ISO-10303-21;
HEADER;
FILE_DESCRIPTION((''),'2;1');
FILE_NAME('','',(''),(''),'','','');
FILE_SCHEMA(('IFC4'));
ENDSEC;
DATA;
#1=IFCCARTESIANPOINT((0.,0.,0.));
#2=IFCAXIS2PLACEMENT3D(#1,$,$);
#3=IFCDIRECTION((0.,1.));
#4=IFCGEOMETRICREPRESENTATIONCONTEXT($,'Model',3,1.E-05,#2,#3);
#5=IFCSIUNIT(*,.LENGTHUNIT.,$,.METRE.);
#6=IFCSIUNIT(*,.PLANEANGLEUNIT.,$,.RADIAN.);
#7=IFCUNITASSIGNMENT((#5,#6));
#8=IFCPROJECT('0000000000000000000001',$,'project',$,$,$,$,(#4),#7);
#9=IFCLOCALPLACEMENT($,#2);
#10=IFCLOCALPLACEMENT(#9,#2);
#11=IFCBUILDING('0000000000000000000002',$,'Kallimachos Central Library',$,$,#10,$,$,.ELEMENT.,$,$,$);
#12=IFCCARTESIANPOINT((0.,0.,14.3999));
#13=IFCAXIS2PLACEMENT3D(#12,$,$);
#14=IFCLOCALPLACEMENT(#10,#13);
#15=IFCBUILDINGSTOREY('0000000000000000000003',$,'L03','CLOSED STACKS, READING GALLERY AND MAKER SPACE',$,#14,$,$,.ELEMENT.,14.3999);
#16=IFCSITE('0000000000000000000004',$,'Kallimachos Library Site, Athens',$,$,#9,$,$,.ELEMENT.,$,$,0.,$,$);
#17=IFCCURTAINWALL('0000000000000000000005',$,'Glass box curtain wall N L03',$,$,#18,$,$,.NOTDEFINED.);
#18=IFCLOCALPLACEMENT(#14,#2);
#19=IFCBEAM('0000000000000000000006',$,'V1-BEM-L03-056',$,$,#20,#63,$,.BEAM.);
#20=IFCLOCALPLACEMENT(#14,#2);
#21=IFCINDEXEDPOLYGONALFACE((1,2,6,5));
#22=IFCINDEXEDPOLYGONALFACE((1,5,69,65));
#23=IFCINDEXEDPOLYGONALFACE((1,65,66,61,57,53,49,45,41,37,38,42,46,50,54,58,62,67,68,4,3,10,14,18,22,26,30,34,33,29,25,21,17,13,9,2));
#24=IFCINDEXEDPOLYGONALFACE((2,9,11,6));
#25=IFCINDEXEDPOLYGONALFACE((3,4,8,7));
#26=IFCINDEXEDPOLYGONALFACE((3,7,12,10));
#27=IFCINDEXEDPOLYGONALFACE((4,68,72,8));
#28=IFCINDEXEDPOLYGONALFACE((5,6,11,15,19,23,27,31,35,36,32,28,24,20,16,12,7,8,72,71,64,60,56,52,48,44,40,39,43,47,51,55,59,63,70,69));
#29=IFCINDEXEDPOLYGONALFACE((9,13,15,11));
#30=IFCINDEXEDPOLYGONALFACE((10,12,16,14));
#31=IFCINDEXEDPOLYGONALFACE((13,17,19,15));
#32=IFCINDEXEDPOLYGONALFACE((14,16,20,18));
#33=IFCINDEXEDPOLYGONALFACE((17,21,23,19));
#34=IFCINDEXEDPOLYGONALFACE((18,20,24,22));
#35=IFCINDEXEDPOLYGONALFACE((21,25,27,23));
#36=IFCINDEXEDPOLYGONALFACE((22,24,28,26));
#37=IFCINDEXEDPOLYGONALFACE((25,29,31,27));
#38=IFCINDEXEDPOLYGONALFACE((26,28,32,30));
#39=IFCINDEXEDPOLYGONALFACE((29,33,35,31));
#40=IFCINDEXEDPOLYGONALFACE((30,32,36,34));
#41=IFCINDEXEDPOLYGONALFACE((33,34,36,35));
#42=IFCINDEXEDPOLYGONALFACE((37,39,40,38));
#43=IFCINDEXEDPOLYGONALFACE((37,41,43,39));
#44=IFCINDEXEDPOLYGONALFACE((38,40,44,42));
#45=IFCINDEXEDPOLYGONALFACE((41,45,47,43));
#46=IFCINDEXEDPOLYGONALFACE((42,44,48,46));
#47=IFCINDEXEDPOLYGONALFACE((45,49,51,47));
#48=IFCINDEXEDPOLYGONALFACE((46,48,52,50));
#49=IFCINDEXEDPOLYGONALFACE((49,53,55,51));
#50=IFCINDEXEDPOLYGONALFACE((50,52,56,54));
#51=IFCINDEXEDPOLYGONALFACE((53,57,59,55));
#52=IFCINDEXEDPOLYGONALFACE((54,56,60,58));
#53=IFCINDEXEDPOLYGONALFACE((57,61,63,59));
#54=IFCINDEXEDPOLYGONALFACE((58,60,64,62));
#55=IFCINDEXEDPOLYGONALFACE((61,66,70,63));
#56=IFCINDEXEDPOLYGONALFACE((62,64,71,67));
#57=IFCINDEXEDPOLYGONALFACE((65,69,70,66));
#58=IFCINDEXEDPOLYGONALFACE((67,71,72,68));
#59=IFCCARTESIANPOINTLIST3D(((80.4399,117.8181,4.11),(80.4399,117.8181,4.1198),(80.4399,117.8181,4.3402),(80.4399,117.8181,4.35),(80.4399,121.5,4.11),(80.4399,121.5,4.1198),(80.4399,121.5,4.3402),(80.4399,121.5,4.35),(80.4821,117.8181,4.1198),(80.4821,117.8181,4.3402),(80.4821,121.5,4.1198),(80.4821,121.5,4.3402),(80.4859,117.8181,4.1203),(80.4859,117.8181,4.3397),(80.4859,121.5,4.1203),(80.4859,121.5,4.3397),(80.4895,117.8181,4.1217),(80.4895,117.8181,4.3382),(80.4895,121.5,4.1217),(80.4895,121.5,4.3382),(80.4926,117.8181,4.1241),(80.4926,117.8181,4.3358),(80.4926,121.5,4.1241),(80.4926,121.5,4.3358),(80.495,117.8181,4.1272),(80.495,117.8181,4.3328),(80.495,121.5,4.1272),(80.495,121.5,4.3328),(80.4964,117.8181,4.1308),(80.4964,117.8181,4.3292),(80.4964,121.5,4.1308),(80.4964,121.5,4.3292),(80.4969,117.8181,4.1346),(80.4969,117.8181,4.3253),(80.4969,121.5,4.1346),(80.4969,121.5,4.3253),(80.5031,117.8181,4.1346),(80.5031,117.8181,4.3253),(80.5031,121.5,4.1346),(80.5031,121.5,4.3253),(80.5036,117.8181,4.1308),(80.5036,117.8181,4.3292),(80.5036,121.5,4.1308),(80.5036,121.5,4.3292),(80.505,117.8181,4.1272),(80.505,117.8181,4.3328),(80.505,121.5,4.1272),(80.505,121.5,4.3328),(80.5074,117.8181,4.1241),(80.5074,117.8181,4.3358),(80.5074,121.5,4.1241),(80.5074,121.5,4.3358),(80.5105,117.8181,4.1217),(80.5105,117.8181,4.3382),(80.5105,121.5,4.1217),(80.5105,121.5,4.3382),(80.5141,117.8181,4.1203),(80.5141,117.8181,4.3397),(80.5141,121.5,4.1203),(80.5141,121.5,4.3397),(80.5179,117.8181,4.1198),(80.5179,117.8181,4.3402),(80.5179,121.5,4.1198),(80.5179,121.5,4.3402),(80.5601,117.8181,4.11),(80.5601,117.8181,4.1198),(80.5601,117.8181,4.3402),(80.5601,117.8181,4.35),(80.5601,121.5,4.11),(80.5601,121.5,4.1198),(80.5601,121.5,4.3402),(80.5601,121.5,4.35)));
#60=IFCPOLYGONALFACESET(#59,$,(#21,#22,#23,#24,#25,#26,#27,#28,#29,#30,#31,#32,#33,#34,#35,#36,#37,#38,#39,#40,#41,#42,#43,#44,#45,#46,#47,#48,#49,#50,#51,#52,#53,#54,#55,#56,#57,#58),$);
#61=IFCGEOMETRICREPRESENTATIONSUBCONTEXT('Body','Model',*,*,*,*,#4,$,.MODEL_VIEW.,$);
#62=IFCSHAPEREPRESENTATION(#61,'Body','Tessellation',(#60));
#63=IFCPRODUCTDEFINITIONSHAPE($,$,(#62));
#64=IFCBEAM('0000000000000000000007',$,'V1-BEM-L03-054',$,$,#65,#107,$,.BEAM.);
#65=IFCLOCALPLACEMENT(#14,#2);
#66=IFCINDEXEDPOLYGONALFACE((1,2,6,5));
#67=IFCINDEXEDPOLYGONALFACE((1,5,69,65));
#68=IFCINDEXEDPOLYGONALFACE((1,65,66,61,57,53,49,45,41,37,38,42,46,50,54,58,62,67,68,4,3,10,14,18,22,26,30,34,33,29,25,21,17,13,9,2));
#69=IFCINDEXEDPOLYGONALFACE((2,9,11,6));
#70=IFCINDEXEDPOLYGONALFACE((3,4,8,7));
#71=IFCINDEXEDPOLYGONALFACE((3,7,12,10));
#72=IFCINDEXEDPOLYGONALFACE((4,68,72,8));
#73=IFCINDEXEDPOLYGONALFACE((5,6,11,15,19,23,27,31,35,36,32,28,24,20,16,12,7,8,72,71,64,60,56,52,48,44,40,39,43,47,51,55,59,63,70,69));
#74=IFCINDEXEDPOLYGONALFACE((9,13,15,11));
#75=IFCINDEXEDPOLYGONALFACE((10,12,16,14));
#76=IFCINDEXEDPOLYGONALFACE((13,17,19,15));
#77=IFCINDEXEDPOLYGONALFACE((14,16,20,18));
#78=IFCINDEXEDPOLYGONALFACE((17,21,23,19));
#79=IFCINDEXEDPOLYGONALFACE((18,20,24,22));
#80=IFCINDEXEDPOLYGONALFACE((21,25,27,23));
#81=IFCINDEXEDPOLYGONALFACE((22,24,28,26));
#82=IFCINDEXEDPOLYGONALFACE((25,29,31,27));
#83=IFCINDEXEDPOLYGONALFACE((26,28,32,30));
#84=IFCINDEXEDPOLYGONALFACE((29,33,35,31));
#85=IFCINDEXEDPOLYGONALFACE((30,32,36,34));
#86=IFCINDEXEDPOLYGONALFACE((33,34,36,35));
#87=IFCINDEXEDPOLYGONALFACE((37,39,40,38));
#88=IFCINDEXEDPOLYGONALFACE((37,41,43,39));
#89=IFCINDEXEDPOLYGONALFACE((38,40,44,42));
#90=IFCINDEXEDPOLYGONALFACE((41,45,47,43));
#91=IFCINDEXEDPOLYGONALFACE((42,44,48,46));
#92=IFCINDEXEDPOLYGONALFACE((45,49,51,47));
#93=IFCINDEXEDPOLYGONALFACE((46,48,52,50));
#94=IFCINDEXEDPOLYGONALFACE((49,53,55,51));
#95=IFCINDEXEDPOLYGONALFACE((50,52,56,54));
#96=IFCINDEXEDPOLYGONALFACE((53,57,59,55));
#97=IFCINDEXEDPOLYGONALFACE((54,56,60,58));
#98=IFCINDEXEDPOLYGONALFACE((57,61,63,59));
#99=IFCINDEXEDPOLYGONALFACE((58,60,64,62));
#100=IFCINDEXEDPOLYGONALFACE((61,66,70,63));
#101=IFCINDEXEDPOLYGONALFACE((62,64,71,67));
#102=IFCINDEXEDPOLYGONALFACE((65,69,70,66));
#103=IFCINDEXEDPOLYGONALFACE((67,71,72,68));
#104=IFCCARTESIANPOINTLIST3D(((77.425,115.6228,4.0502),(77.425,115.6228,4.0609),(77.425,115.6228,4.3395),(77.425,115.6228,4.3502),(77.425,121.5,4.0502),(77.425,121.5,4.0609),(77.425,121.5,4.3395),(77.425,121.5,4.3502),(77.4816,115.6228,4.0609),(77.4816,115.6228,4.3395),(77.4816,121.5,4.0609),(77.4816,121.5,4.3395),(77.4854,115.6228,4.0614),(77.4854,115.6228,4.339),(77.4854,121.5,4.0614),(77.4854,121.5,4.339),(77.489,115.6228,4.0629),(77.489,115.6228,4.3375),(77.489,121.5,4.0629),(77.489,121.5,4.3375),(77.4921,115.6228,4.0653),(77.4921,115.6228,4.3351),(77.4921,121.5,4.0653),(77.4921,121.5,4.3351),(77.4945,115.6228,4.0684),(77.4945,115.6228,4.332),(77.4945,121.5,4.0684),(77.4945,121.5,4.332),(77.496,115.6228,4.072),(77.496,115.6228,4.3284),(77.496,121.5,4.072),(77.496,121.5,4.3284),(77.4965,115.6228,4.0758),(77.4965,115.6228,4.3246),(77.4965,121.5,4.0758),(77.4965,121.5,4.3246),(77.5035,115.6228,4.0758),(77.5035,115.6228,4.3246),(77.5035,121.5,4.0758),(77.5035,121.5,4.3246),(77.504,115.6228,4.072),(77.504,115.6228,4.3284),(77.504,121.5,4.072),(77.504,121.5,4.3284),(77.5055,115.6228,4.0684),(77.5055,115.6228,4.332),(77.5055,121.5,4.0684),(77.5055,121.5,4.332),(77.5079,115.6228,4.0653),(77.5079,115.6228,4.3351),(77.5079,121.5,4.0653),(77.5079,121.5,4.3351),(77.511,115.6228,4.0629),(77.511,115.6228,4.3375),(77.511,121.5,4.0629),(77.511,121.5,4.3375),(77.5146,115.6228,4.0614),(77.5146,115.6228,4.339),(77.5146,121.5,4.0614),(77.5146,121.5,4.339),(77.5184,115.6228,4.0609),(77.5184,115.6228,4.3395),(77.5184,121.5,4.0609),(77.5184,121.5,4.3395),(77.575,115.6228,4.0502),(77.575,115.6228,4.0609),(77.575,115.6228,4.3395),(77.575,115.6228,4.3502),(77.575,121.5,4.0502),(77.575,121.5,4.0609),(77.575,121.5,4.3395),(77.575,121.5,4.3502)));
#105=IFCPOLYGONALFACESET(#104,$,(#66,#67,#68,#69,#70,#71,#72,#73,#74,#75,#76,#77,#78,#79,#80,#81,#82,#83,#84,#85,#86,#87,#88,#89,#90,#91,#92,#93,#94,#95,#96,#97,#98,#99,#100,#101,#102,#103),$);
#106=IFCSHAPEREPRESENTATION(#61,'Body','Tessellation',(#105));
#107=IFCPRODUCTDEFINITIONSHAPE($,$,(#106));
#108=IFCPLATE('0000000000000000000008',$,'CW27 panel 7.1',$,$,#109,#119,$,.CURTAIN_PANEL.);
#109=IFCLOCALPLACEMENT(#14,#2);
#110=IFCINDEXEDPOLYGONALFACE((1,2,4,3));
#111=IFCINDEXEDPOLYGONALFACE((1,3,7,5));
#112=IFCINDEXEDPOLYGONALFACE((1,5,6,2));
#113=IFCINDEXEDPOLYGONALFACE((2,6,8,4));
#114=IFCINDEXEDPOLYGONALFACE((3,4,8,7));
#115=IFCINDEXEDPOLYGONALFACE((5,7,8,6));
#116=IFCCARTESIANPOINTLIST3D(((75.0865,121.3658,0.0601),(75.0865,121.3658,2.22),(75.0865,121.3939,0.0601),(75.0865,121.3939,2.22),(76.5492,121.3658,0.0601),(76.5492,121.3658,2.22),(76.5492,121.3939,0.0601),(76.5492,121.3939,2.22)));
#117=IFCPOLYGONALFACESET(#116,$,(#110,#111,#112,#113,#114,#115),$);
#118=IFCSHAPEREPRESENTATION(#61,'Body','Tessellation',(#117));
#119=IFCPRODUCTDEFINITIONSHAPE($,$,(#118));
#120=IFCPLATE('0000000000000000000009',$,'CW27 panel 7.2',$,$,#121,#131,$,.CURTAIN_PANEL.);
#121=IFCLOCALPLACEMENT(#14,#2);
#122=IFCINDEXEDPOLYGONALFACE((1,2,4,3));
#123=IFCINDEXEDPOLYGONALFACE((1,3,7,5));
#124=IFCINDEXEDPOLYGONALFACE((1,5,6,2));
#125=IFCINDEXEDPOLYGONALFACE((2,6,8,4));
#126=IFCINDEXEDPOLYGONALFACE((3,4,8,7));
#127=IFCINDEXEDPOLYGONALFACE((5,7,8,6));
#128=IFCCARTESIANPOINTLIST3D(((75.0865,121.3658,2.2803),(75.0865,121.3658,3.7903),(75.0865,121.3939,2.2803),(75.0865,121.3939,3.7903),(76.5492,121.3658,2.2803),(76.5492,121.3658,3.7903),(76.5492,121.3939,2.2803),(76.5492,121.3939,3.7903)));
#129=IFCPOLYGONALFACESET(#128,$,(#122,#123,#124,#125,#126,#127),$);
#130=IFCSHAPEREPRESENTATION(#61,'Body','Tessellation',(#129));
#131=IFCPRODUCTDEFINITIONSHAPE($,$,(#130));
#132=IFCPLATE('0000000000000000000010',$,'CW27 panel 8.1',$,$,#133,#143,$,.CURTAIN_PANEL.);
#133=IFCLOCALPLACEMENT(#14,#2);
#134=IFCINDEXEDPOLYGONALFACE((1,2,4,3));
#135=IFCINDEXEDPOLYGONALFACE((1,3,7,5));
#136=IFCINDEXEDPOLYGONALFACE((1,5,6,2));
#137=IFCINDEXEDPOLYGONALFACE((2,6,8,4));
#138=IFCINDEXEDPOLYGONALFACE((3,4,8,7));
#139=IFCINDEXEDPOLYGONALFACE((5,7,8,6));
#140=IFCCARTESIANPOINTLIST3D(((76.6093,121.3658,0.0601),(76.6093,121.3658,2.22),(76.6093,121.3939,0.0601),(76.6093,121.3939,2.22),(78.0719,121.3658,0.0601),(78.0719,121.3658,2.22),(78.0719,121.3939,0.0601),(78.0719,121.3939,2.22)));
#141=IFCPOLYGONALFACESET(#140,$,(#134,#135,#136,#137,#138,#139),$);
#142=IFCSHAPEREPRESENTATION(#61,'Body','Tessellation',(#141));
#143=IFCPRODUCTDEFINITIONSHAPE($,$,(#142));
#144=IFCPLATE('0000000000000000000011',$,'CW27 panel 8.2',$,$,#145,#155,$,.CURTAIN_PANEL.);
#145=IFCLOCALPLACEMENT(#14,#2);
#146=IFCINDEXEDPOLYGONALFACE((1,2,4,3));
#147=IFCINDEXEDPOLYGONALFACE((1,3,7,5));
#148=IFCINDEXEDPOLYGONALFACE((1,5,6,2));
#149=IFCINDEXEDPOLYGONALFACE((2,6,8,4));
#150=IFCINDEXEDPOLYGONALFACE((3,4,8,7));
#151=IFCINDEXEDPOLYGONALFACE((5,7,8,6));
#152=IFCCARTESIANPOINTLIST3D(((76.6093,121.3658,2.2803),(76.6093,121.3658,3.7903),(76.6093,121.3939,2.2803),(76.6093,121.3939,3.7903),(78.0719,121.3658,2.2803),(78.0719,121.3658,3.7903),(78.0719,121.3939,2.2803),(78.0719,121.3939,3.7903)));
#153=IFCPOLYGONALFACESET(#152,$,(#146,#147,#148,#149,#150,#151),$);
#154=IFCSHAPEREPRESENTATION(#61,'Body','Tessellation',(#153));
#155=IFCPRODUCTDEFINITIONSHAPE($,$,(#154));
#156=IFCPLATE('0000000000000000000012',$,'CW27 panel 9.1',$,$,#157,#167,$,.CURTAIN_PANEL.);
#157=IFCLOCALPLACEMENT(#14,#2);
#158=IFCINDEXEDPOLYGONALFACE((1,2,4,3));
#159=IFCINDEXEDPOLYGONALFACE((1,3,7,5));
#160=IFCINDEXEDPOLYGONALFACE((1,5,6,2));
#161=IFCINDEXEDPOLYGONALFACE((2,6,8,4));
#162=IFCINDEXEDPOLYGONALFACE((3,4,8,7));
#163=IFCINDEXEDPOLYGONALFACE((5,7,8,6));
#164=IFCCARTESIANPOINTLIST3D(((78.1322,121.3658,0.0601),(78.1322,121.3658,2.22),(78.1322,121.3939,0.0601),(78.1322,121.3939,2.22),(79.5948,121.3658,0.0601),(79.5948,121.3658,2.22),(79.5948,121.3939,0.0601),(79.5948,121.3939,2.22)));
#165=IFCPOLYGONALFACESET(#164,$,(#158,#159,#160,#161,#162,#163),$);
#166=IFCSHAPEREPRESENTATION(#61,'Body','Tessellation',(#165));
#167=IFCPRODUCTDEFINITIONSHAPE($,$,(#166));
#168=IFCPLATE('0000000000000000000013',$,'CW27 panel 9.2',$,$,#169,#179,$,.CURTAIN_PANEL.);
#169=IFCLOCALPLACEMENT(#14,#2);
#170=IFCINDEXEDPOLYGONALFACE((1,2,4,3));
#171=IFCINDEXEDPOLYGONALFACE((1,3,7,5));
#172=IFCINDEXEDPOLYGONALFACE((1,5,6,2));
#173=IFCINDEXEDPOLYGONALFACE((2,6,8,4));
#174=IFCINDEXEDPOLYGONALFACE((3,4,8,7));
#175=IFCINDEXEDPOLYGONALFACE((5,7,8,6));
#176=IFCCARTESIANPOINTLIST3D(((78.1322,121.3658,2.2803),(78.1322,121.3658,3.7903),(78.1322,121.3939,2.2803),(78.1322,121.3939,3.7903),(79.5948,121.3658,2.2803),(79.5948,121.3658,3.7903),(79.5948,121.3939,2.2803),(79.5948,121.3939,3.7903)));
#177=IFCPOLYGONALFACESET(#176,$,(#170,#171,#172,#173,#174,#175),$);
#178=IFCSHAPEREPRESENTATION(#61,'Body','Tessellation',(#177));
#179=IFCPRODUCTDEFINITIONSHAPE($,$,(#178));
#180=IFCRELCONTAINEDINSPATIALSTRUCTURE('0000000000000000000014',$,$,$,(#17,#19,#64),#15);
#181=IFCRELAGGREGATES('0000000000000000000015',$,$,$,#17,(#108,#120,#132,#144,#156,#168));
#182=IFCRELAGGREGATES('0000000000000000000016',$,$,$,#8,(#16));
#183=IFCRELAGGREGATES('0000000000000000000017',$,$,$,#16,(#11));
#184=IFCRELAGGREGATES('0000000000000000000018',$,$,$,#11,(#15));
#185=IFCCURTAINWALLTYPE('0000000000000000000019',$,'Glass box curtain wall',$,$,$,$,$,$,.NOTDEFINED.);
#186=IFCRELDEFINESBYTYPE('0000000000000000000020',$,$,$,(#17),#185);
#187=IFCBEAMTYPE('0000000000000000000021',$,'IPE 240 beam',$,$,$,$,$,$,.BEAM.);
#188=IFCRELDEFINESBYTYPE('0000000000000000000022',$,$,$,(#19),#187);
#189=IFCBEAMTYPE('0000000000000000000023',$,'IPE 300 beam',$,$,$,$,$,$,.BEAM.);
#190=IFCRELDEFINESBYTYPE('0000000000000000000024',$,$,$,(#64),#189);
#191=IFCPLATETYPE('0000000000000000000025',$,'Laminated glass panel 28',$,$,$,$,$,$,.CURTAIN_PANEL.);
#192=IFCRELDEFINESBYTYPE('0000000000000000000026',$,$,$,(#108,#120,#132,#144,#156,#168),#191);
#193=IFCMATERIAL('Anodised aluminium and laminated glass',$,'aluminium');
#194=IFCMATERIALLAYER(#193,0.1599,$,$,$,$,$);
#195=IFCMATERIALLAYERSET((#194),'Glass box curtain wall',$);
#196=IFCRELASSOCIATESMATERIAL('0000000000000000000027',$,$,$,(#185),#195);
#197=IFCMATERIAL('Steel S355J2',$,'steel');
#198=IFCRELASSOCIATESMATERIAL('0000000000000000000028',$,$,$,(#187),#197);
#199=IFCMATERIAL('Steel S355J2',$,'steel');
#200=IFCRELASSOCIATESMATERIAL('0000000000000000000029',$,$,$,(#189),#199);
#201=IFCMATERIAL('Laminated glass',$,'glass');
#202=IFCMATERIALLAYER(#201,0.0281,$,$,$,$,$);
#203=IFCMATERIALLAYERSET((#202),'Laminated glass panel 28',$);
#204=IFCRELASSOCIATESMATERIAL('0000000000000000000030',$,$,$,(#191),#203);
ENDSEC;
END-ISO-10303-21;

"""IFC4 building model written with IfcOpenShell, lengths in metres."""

from ifc_helpers import new_model, si_unit, direction, frame, origin, origin_2d, place, context, subcontext, project, spatial, rectangle, i_section, extrude, material, layer, layer_set, material_profile, profile_set, type_object, element, aggregate, save


model = new_model("IFC4")

# Units and contexts
model_context = context("Model", 3, precision=1e-05, world=origin(), true_north=direction((0.0, 1.0)))
body_context = subcontext(model_context, "Body", "Model", "MODEL_VIEW")
ifc_project = project(units=[si_unit("LENGTHUNIT", "METRE"), si_unit("PLANEANGLEUNIT", "RADIAN")], contexts=[model_context])

# Site, building, storey
site_placement = place(None, origin())
site = spatial("IfcSite", under=ifc_project, at=site_placement, Name="Kallimachos Library Site, Athens", CompositionType="ELEMENT", RefElevation=0.0)
building_placement = place(site_placement, origin())
building = spatial("IfcBuilding", under=site, at=building_placement, Name="Kallimachos Central Library", CompositionType="ELEMENT")
storey_placement = place(building_placement, frame((0.0, 0.0, 14.3999)))
storey = spatial("IfcBuildingStorey", under=building, at=storey_placement, Name="L03", Description="CLOSED STACKS, READING GALLERY AND MAKER SPACE", CompositionType="ELEMENT", Elevation=14.3999)

# Curtain wall
ifc_material_1 = material(Name="Anodised aluminium and laminated glass", Category="aluminium")
ifc_layer_1 = layer(ifc_material_1, 0.1599)
ifc_layer_set_1 = layer_set([ifc_layer_1], Name="Glass box curtain wall")
curtain_wall_type = type_object("IfcCurtainWallType", Name="Glass box curtain wall", PredefinedType="NOTDEFINED", material=ifc_layer_set_1)
curtain_wall_placement = place(storey_placement, origin())
curtain_wall = element("IfcCurtainWall", 1, at=curtain_wall_placement, inside=storey, type_object=curtain_wall_type, Name="Glass box curtain wall N L03", PredefinedType="NOTDEFINED")

# Beams
ifc_material_2 = material(Name="Steel S355J2", Category="steel")
ifc_material_profile_1 = material_profile(ifc_material_2, i_section(OverallWidth=0.1201, OverallDepth=0.24, WebThickness=0.0061, FlangeThickness=0.0098, FilletRadius=0.0149, at=origin_2d()), Name="IPE 240")
ifc_profile_set_1 = profile_set([ifc_material_profile_1], Name="Steel S355J2")
beam_type_1 = type_object("IfcBeamType", Name="IPE 240 beam", PredefinedType="BEAM", material=ifc_profile_set_1)
beam_1_placement = place(storey_placement, frame((80.5, 117.8181, 4.23), z_axis=(0.0, 1.0, 0.0), x_axis=(-1.0, 0.0, 0.0)))
element("IfcBeam", 2, at=beam_1_placement, inside=storey, type_object=beam_type_1, Name="V1-BEM-L03-056", PredefinedType="BEAM", context=body_context, shape_type="SweptSolid", body=[
    extrude(i_section(OverallWidth=0.1201, OverallDepth=0.24, WebThickness=0.0061, FlangeThickness=0.0098, FilletRadius=0.0149, at=origin_2d()), origin(), (0.0, 0.0, 1.0), 3.6819),
])
ifc_material_3 = material(Name="Steel S355J2", Category="steel")
ifc_material_profile_2 = material_profile(ifc_material_3, i_section(OverallWidth=0.1499, OverallDepth=0.3, WebThickness=0.0071, FlangeThickness=0.0107, FilletRadius=0.0149, at=origin_2d()), Name="IPE 300")
ifc_profile_set_2 = profile_set([ifc_material_profile_2], Name="Steel S355J2")
beam_type_2 = type_object("IfcBeamType", Name="IPE 300 beam", PredefinedType="BEAM", material=ifc_profile_set_2)
beam_2_placement = place(storey_placement, frame((77.5, 115.6228, 4.2002), z_axis=(0.0, 1.0, 0.0), x_axis=(-1.0, 0.0, 0.0)))
element("IfcBeam", 3, at=beam_2_placement, inside=storey, type_object=beam_type_2, Name="V1-BEM-L03-054", PredefinedType="BEAM", context=body_context, shape_type="SweptSolid", body=[
    extrude(i_section(OverallWidth=0.1499, OverallDepth=0.3, WebThickness=0.0071, FlangeThickness=0.0107, FilletRadius=0.0149, at=origin_2d()), origin(), (0.0, 0.0, 1.0), 5.8772),
])

# Plates
ifc_material_4 = material(Name="Laminated glass", Category="glass")
ifc_layer_2 = layer(ifc_material_4, 0.0281)
ifc_layer_set_2 = layer_set([ifc_layer_2], Name="Laminated glass panel 28")
plate_type = type_object("IfcPlateType", Name="Laminated glass panel 28", PredefinedType="CURTAIN_PANEL", material=ifc_layer_set_2)
plate_1_placement = place(storey_placement, frame((75.8179, 121.3799, 0.0601), z_axis=(0.0, 0.0, 1.0), x_axis=(1.0, 0.0, 0.0)))
plate_1 = element("IfcPlate", 4, at=plate_1_placement, type_object=plate_type, Name="CW27 panel 7.1", PredefinedType="CURTAIN_PANEL", context=body_context, shape_type="SweptSolid", body=[
    extrude(rectangle(XDim=1.4626, YDim=0.0281, at=origin_2d()), origin(), (0.0, 0.0, 1.0), 2.1599),
])
plate_2_placement = place(storey_placement, frame((75.8179, 121.3799, 2.2803), z_axis=(0.0, 0.0, 1.0), x_axis=(1.0, 0.0, 0.0)))
plate_2 = element("IfcPlate", 5, at=plate_2_placement, type_object=plate_type, Name="CW27 panel 7.2", PredefinedType="CURTAIN_PANEL", context=body_context, shape_type="SweptSolid", body=[
    extrude(rectangle(XDim=1.4626, YDim=0.0281, at=origin_2d()), origin(), (0.0, 0.0, 1.0), 1.51),
])
plate_3_placement = place(storey_placement, frame((77.3406, 121.3799, 0.0601), z_axis=(0.0, 0.0, 1.0), x_axis=(1.0, 0.0, 0.0)))
plate_3 = element("IfcPlate", 6, at=plate_3_placement, type_object=plate_type, Name="CW27 panel 8.1", PredefinedType="CURTAIN_PANEL", context=body_context, shape_type="SweptSolid", body=[
    extrude(rectangle(XDim=1.4626, YDim=0.0281, at=origin_2d()), origin(), (0.0, 0.0, 1.0), 2.1599),
])
plate_4_placement = place(storey_placement, frame((77.3406, 121.3799, 2.2803), z_axis=(0.0, 0.0, 1.0), x_axis=(1.0, 0.0, 0.0)))
plate_4 = element("IfcPlate", 7, at=plate_4_placement, type_object=plate_type, Name="CW27 panel 8.2", PredefinedType="CURTAIN_PANEL", context=body_context, shape_type="SweptSolid", body=[
    extrude(rectangle(XDim=1.4626, YDim=0.0281, at=origin_2d()), origin(), (0.0, 0.0, 1.0), 1.51),
])
plate_5_placement = place(storey_placement, frame((78.8635, 121.3799, 0.0601), z_axis=(0.0, 0.0, 1.0), x_axis=(1.0, 0.0, 0.0)))
plate_5 = element("IfcPlate", 8, at=plate_5_placement, type_object=plate_type, Name="CW27 panel 9.1", PredefinedType="CURTAIN_PANEL", context=body_context, shape_type="SweptSolid", body=[
    extrude(rectangle(XDim=1.4626, YDim=0.0281, at=origin_2d()), origin(), (0.0, 0.0, 1.0), 2.1599),
])
plate_6_placement = place(storey_placement, frame((78.8635, 121.3799, 2.2803), z_axis=(0.0, 0.0, 1.0), x_axis=(1.0, 0.0, 0.0)))
plate_6 = element("IfcPlate", 9, at=plate_6_placement, type_object=plate_type, Name="CW27 panel 9.2", PredefinedType="CURTAIN_PANEL", context=body_context, shape_type="SweptSolid", body=[
    extrude(rectangle(XDim=1.4626, YDim=0.0281, at=origin_2d()), origin(), (0.0, 0.0, 1.0), 1.51),
])
aggregate(curtain_wall, [plate_1, plate_2, plate_3, plate_4, plate_5, plate_6])

save(model, "model.ifc")
